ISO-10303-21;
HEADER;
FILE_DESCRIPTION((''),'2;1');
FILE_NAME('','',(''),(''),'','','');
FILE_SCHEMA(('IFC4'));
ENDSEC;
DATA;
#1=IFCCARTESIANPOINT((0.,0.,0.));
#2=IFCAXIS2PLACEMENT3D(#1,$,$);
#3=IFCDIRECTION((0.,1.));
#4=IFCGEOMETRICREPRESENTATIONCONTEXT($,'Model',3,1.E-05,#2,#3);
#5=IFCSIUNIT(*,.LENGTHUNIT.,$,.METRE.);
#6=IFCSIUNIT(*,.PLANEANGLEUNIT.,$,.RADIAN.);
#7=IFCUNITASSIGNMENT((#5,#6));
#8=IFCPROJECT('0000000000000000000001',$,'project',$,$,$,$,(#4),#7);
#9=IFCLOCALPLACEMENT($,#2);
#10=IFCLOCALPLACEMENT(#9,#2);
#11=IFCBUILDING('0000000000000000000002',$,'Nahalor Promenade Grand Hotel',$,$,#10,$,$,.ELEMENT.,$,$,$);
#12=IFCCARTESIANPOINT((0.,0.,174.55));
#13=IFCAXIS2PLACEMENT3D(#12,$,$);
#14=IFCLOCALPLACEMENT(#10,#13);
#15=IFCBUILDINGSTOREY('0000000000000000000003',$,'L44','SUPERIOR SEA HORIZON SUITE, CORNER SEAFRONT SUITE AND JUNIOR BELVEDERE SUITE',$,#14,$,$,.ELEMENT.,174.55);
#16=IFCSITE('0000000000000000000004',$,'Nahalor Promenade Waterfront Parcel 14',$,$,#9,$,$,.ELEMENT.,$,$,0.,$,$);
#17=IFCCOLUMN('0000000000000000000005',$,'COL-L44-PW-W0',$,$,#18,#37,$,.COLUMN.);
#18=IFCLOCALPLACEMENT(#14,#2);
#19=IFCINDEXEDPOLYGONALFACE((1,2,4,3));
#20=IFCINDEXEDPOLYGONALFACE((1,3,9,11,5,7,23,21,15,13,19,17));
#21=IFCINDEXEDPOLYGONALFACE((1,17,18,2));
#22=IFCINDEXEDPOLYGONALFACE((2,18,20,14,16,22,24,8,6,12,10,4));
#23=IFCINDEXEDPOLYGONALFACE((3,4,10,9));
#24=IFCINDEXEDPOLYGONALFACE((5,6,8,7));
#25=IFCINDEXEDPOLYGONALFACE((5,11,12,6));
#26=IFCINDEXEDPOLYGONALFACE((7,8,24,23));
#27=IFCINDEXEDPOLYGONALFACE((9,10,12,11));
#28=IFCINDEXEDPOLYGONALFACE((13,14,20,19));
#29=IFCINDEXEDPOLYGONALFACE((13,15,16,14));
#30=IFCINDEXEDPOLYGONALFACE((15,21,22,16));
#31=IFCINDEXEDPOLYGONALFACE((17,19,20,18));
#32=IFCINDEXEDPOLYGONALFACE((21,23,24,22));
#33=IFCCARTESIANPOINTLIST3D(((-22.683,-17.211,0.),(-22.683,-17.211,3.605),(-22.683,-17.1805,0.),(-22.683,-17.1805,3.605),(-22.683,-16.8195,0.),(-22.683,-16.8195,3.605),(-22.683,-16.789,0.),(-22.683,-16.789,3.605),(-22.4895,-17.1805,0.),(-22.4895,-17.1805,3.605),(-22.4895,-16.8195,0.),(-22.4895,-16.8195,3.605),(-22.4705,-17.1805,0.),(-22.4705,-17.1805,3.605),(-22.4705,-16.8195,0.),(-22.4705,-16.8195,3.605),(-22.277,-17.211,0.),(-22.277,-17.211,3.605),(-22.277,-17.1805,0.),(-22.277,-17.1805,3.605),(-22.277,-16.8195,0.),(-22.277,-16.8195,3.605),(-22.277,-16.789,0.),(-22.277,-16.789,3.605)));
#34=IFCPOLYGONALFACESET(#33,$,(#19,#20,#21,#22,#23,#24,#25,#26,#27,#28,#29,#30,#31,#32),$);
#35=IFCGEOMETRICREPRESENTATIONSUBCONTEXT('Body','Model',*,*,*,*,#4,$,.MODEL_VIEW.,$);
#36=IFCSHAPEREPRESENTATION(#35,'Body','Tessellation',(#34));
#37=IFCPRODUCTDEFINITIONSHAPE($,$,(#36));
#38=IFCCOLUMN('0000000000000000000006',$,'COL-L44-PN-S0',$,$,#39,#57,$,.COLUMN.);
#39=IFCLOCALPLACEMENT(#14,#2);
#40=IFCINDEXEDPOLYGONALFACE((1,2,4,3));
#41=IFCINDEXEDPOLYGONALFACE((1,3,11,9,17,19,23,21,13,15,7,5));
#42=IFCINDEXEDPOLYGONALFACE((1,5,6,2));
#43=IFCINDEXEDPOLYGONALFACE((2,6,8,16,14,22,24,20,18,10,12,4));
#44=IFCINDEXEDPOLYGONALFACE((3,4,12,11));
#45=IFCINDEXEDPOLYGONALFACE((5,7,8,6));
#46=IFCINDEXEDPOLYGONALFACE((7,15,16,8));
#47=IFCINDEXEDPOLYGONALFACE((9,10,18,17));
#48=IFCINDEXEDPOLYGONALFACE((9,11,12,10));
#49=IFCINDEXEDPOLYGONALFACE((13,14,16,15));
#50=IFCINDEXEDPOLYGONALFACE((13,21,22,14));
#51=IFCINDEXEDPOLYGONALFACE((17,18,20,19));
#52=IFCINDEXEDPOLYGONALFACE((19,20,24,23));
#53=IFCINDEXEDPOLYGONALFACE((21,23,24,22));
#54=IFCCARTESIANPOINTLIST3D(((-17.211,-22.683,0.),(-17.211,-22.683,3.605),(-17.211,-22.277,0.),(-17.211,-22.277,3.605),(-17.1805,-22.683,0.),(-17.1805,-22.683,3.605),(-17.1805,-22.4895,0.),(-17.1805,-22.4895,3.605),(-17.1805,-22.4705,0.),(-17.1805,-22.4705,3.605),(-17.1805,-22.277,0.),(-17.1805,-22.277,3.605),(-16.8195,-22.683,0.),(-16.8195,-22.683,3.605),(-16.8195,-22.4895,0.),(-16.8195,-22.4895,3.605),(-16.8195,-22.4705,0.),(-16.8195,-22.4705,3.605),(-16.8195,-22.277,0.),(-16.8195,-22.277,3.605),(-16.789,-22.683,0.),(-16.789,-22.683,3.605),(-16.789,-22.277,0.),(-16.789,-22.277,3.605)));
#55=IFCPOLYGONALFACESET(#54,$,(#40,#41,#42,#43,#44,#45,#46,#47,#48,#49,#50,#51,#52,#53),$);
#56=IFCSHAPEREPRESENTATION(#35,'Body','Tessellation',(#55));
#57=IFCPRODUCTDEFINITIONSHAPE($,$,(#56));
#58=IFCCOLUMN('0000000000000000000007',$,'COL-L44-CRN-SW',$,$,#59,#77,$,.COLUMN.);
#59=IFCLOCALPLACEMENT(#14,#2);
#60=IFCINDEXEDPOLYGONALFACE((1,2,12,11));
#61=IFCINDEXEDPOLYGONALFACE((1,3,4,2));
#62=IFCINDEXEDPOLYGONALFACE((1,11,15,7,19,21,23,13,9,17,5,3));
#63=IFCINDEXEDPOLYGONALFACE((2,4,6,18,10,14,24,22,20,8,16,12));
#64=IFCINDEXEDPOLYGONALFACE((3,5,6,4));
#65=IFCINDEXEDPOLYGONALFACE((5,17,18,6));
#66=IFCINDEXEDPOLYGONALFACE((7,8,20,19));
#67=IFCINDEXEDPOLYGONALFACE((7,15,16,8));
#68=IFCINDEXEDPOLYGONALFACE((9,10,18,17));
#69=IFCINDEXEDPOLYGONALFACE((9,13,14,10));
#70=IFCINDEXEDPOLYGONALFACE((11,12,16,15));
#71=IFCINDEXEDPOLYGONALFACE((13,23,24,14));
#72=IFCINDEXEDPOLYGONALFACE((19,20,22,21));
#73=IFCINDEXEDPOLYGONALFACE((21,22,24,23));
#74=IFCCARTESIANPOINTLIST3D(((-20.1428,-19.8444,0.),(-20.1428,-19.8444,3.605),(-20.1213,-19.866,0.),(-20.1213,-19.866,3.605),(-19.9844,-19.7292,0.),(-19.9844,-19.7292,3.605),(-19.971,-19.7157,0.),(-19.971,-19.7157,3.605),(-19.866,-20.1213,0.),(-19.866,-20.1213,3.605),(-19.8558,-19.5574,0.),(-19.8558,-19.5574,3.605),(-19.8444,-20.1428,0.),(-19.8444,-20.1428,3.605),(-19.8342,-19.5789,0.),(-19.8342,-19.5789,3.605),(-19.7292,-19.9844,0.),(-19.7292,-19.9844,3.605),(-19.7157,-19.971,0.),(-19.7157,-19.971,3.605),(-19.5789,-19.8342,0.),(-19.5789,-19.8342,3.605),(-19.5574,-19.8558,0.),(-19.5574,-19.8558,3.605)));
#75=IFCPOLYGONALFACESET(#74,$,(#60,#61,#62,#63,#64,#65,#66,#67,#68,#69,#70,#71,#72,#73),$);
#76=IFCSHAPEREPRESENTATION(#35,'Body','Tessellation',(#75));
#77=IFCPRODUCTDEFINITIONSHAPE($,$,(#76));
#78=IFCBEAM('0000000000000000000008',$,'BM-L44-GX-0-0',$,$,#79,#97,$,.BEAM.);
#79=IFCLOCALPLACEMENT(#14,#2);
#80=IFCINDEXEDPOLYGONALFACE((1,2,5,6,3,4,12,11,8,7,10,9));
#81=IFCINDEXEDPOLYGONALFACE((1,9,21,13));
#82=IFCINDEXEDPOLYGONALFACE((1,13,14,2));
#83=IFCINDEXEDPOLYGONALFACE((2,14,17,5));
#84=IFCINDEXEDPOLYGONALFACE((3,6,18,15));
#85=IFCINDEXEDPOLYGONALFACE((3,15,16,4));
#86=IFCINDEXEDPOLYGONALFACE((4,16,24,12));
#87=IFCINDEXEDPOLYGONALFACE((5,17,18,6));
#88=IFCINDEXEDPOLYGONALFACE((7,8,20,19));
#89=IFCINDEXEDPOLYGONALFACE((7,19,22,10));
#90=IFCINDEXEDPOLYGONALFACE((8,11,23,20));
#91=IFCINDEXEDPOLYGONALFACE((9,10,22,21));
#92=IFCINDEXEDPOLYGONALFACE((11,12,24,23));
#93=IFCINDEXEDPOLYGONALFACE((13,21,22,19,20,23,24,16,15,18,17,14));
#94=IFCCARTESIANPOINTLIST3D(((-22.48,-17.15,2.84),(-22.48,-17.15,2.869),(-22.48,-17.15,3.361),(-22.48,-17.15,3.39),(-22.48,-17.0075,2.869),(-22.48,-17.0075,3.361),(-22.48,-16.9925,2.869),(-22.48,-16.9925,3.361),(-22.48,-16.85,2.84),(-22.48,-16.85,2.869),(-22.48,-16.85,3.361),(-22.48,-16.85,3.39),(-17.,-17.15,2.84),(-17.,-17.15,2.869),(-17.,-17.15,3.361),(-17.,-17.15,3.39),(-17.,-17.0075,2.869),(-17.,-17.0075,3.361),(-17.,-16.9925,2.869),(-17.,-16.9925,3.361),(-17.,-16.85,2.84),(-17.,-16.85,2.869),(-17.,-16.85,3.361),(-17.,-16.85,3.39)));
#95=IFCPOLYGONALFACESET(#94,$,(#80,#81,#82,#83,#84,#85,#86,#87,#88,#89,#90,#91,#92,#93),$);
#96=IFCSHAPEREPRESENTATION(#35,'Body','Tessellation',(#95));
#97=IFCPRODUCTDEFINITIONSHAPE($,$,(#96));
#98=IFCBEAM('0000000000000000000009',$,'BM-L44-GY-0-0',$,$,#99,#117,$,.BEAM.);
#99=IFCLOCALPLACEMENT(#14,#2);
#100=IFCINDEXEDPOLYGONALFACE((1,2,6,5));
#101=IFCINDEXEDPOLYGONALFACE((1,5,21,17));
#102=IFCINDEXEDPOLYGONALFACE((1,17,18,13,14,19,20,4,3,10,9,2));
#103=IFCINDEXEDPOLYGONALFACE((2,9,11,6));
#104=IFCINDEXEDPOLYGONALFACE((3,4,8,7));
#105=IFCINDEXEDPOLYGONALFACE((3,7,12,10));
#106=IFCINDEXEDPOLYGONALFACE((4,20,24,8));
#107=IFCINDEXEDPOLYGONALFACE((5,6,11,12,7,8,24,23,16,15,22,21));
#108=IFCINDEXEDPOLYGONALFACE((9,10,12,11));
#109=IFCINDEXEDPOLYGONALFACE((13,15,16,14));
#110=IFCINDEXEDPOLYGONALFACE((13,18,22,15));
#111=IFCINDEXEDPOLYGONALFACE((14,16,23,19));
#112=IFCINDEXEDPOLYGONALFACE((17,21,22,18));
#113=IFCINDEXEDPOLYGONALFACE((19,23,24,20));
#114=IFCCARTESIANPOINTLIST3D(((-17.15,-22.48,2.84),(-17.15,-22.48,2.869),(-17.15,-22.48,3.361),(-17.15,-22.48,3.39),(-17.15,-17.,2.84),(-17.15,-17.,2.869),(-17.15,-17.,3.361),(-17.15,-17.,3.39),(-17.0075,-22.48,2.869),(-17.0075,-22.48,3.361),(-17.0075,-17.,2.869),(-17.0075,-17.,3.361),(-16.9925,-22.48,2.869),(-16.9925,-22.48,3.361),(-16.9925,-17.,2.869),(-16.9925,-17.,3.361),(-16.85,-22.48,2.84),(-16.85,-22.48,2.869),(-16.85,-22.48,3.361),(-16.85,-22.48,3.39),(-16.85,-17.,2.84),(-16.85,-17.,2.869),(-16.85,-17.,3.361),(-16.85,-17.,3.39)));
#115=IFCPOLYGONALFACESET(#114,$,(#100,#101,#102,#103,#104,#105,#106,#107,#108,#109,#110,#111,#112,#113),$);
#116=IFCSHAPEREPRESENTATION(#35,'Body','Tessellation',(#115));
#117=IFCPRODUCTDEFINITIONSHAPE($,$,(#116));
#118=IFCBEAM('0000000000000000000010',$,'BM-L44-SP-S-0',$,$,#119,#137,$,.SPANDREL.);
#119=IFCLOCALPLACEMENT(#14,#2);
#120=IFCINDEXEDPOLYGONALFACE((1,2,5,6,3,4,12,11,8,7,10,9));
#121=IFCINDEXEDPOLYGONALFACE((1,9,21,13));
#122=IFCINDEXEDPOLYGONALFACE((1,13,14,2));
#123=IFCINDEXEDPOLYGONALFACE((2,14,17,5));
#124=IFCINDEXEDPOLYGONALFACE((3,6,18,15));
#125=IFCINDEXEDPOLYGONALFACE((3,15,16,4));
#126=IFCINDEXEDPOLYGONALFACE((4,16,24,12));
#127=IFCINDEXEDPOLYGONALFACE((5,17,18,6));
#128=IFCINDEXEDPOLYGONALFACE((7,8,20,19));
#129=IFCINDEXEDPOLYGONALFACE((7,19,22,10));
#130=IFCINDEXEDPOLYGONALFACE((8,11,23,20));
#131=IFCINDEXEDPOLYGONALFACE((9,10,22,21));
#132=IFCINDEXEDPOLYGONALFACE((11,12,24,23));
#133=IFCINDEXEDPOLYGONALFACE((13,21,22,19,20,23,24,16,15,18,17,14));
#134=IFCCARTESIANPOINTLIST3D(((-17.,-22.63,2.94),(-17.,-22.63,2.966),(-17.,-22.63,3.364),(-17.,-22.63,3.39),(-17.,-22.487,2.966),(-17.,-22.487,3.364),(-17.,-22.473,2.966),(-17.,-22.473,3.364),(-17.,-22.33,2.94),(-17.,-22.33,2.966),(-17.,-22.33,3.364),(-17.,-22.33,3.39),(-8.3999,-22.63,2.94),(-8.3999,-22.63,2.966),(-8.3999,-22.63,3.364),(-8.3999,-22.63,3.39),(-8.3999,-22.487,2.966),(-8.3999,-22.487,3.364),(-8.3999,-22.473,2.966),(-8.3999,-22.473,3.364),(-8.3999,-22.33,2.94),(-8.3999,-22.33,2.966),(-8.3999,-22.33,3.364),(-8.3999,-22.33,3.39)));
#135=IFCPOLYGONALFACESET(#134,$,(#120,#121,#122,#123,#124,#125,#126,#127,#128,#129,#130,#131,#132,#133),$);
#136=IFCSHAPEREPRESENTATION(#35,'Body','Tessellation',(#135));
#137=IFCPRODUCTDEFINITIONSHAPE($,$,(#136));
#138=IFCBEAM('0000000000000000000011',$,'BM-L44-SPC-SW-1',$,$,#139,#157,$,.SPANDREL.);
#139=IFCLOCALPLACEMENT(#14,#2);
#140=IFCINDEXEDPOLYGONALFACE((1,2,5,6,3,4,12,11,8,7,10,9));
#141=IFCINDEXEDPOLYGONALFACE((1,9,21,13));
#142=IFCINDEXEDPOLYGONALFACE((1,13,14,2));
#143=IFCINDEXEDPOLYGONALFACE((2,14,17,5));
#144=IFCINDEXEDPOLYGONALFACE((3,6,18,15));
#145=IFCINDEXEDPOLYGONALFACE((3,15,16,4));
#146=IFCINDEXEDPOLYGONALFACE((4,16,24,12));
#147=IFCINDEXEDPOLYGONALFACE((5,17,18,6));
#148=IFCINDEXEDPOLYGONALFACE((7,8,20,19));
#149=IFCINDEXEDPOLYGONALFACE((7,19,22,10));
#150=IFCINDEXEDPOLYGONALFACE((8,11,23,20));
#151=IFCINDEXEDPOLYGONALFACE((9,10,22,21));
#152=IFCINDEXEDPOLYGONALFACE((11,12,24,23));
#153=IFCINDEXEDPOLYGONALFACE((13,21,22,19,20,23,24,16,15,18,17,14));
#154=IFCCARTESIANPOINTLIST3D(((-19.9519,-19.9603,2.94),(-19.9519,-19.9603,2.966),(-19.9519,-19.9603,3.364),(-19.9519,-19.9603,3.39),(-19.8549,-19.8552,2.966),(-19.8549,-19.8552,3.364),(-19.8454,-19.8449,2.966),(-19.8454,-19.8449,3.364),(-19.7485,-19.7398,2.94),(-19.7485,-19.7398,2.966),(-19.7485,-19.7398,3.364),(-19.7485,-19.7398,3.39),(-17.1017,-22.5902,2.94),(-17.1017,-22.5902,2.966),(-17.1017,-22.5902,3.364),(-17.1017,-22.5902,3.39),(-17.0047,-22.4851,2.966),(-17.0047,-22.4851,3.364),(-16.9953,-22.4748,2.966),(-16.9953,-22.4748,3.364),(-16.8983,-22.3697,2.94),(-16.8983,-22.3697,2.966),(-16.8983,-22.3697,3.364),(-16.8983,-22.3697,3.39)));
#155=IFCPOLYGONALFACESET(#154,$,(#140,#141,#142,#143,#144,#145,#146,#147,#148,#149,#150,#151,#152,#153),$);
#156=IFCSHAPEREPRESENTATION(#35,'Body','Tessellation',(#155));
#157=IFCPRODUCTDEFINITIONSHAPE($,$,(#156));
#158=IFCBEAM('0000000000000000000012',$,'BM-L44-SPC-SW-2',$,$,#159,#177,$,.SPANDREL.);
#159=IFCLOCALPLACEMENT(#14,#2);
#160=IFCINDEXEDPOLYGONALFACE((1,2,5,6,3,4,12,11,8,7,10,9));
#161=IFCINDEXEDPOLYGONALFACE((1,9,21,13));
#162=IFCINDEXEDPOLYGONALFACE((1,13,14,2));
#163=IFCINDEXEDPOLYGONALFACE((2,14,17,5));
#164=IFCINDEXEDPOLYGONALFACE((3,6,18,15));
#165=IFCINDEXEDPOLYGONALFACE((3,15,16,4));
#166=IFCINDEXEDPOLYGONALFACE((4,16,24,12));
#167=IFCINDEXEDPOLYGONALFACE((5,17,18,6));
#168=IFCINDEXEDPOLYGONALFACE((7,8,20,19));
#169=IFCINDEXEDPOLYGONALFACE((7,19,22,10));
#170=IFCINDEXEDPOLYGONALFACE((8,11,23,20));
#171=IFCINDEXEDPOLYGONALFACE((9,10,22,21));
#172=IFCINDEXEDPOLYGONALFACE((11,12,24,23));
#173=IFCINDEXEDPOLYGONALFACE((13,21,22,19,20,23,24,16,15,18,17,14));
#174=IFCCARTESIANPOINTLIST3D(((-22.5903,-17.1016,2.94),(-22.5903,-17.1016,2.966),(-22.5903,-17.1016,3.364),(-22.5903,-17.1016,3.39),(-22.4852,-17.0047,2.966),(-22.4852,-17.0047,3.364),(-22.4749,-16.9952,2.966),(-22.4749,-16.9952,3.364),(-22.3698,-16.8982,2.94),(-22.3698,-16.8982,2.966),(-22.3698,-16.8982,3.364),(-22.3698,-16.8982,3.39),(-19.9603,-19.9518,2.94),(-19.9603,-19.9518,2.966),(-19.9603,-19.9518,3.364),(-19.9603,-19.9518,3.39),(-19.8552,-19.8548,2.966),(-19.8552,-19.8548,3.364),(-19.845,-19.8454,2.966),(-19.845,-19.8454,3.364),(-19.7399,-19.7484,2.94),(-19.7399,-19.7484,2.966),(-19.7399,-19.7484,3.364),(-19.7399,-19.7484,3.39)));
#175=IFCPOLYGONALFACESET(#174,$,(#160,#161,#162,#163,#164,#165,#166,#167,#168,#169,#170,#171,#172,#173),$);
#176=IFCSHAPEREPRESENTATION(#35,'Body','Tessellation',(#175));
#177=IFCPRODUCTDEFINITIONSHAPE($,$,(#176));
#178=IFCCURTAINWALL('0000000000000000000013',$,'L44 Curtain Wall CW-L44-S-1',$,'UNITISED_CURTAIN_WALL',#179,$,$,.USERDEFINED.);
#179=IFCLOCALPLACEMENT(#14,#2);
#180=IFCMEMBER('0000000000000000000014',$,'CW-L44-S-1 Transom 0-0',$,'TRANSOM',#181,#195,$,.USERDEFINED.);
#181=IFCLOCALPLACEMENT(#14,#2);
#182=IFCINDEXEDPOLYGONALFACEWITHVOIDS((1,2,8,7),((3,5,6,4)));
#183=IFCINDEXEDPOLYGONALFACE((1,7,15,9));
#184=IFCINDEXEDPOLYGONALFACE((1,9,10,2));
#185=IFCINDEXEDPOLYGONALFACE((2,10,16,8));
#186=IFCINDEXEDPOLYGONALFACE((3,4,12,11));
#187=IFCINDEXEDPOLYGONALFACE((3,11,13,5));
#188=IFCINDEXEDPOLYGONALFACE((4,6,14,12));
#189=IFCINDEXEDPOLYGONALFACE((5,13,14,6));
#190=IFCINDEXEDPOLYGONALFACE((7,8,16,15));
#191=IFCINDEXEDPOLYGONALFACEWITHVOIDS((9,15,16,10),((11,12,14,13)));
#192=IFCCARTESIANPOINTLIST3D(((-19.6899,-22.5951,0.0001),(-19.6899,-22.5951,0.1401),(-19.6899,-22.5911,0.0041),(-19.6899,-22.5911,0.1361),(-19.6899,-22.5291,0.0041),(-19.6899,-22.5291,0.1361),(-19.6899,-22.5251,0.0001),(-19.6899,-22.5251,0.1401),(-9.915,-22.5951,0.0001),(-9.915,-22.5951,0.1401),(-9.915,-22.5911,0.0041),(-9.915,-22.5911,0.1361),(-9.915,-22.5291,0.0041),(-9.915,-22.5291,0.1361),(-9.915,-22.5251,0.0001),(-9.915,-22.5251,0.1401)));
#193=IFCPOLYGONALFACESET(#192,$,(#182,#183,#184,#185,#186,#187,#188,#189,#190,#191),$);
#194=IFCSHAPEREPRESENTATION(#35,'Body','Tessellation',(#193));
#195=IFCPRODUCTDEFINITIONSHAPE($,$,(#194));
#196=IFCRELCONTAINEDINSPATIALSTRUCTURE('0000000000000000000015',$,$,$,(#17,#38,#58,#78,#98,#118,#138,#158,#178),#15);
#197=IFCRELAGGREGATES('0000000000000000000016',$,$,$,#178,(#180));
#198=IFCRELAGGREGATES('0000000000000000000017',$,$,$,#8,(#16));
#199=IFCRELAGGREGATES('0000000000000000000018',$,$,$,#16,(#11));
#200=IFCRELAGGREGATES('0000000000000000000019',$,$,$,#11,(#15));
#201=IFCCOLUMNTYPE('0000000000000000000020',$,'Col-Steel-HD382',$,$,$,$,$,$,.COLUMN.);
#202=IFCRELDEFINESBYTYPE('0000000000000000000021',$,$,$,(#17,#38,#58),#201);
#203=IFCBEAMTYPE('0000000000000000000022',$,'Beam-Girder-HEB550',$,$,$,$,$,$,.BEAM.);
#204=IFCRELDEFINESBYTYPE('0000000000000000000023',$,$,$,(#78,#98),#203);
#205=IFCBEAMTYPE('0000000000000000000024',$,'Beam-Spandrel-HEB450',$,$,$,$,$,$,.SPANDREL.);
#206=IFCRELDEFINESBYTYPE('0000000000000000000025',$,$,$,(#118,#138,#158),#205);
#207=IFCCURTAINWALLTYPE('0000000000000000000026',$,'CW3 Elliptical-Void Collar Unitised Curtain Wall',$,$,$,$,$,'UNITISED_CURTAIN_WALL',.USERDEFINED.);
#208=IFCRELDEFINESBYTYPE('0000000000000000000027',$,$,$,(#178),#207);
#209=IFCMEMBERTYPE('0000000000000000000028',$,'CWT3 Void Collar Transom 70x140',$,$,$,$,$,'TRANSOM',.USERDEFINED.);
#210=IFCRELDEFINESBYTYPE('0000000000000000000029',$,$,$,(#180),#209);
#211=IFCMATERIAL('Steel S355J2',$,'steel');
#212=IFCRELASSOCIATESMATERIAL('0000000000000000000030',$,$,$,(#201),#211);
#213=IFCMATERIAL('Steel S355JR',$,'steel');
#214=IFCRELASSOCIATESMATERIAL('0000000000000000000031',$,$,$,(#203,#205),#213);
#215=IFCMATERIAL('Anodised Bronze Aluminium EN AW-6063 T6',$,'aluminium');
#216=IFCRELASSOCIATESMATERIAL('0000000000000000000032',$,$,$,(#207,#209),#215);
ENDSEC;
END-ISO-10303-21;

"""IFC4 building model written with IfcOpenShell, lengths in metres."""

from ifc_helpers import new_model, si_unit, direction, frame, origin, origin_2d, place, context, subcontext, project, spatial, hollow_rectangle, i_section, extrude, source, transform, mapped, material, material_profile, profile_set, type_object, element, aggregate, save


model = new_model("IFC4")

# Units and contexts
model_context = context("Model", 3, precision=1e-05, world=origin(), true_north=direction((0.0, 1.0)))
body_context = subcontext(model_context, "Body", "Model", "MODEL_VIEW")
ifc_project = project(units=[si_unit("LENGTHUNIT", "METRE"), si_unit("PLANEANGLEUNIT", "RADIAN")], contexts=[model_context])

# Site, building, storey
site_placement = place(None, origin())
site = spatial("IfcSite", under=ifc_project, at=site_placement, Name="Nahalor Promenade Waterfront Parcel 14", CompositionType="ELEMENT", RefElevation=0.0)
building_placement = place(site_placement, origin())
building = spatial("IfcBuilding", under=site, at=building_placement, Name="Nahalor Promenade Grand Hotel", CompositionType="ELEMENT")
storey_placement = place(building_placement, frame((0.0, 0.0, 174.55)))
storey = spatial("IfcBuildingStorey", under=building, at=storey_placement, Name="L44", Description="SUPERIOR SEA HORIZON SUITE, CORNER SEAFRONT SUITE AND JUNIOR BELVEDERE SUITE", CompositionType="ELEMENT", Elevation=174.55)

# Columns
ifc_material_1 = material(Name="Steel S355J2", Category="steel")
ifc_material_profile_1 = material_profile(ifc_material_1, i_section(OverallWidth=0.406, OverallDepth=0.422, WebThickness=0.019, FlangeThickness=0.0305, at=origin_2d()), Name="HD 400x382")
ifc_profile_set_1 = profile_set([ifc_material_profile_1], Name="Steel S355J2")
column_type = type_object("IfcColumnType", Name="Col-Steel-HD382", PredefinedType="COLUMN", material=ifc_profile_set_1)
shared_shape_1 = source(origin(), body_context, "Body", "SweptSolid", [
    extrude(i_section(OverallWidth=0.406, OverallDepth=0.422, WebThickness=0.019, FlangeThickness=0.0305, at=origin_2d()), origin(), (0.0, 0.0, 1.0), 3.605),
])
for number, where, z_axis, x_axis, name in (
    (1, (-22.48, -17.0, 0.0), (0.0, 0.0, 1.0), (1.0, 0.0, 0.0), "COL-L44-PW-W0"),
    (2, (-17.0, -22.48, 0.0), (0.0, 0.0, 1.0), (0.0, 1.0, 0.0), "COL-L44-PN-S0"),
    (3, (-19.8501, -19.8501, 0.0), (0.0, 0.0, 1.0), (0.707107, 0.707107, 0.0), "COL-L44-CRN-SW"),
):
    element("IfcColumn", number, at=place(storey_placement, frame(where, z_axis=z_axis, x_axis=x_axis)), inside=storey, type_object=column_type, Name=name, PredefinedType="COLUMN", context=body_context, shape_type="MappedRepresentation", body=[
        mapped(shared_shape_1, transform((0.0, 0.0, 0.0), scale=1.0)),
    ])

# Beams
ifc_material_2 = material(Name="Steel S355JR", Category="steel")
ifc_material_profile_2 = material_profile(ifc_material_2, i_section(OverallWidth=0.3, OverallDepth=0.55, WebThickness=0.015, FlangeThickness=0.029, at=origin_2d()), Name="HEB 550")
ifc_profile_set_2 = profile_set([ifc_material_profile_2], Name="Steel S355JR")
beam_type_1 = type_object("IfcBeamType", Name="Beam-Girder-HEB550", PredefinedType="BEAM", material=ifc_profile_set_2)
shared_shape_2 = source(origin(), body_context, "Body", "SweptSolid", [
    extrude(i_section(OverallWidth=0.3, OverallDepth=0.55, WebThickness=0.015, FlangeThickness=0.029, at=origin_2d()), origin(), (0.0, 0.0, 1.0), 5.48),
])
for number, where, z_axis, x_axis, name in (
    (4, (-22.48, -17.0, 3.115), (1.0, 0.0, 0.0), (0.0, 1.0, 0.0), "BM-L44-GX-0-0"),
    (5, (-17.0, -22.48, 3.115), (0.0, 1.0, 0.0), (-1.0, 0.0, 0.0), "BM-L44-GY-0-0"),
):
    element("IfcBeam", number, at=place(storey_placement, frame(where, z_axis=z_axis, x_axis=x_axis)), inside=storey, type_object=beam_type_1, Name=name, PredefinedType="BEAM", context=body_context, shape_type="MappedRepresentation", body=[
        mapped(shared_shape_2, transform((0.0, 0.0, 0.0), scale=1.0)),
    ])
ifc_material_profile_3 = material_profile(ifc_material_2, i_section(OverallWidth=0.3, OverallDepth=0.45, WebThickness=0.014, FlangeThickness=0.026, at=origin_2d()), Name="HEB 450")
ifc_profile_set_3 = profile_set([ifc_material_profile_3], Name="Steel S355JR")
beam_type_2 = type_object("IfcBeamType", Name="Beam-Spandrel-HEB450", PredefinedType="SPANDREL", material=ifc_profile_set_3)
shared_shape_3 = source(origin(), body_context, "Body", "SweptSolid", [
    extrude(i_section(OverallWidth=0.3, OverallDepth=0.45, WebThickness=0.014, FlangeThickness=0.026, at=origin_2d()), origin(), (0.0, 0.0, 1.0), 8.6001),
])
beam_placement = place(storey_placement, frame((-17.0, -22.48, 3.165), z_axis=(1.0, 0.0, 0.0), x_axis=(0.0, 1.0, 0.0)))
element("IfcBeam", 6, at=beam_placement, inside=storey, type_object=beam_type_2, Name="BM-L44-SP-S-0", PredefinedType="SPANDREL", context=body_context, shape_type="MappedRepresentation", body=[
    mapped(shared_shape_3, transform((0.0, 0.0, 0.0), scale=1.0)),
])
shared_shape_4 = source(origin(), body_context, "Body", "SweptSolid", [
    extrude(i_section(OverallWidth=0.3, OverallDepth=0.45, WebThickness=0.014, FlangeThickness=0.026, at=origin_2d()), origin(), (0.0, 0.0, 1.0), 3.8782),
])
for number, where, z_axis, x_axis, name in (
    (7, (-17.0, -22.48, 3.165), (-0.734929, 0.678144, 0.0), (-0.678144, -0.734929, 0.0), "BM-L44-SPC-SW-1"),
    (8, (-19.8501, -19.8501, 3.165), (-0.678144, 0.734929, 0.0), (-0.734929, -0.678144, 0.0), "BM-L44-SPC-SW-2"),
):
    element("IfcBeam", number, at=place(storey_placement, frame(where, z_axis=z_axis, x_axis=x_axis)), inside=storey, type_object=beam_type_2, Name=name, PredefinedType="SPANDREL", context=body_context, shape_type="MappedRepresentation", body=[
        mapped(shared_shape_4, transform((0.0, 0.0, 0.0), scale=1.0)),
    ])

# Curtain wall, member
ifc_material_3 = material(Name="Anodised Bronze Aluminium EN AW-6063 T6", Category="aluminium")
curtain_wall_type = type_object("IfcCurtainWallType", Name="CW3 Elliptical-Void Collar Unitised Curtain Wall", ElementType="UNITISED_CURTAIN_WALL", PredefinedType="USERDEFINED", material=ifc_material_3)
curtain_wall_1_placement = place(storey_placement, origin())
curtain_wall_1 = element("IfcCurtainWall", 9, at=curtain_wall_1_placement, inside=storey, type_object=curtain_wall_type, Name="L44 Curtain Wall CW-L44-S-1", ObjectType="UNITISED_CURTAIN_WALL", PredefinedType="USERDEFINED")
ifc_material_profile_4 = material_profile(ifc_material_3, hollow_rectangle(XDim=0.07, YDim=0.14, WallThickness=0.004, at=origin_2d()), Name="CWT 70x140x4")
ifc_profile_set_4 = profile_set([ifc_material_profile_4], Name="Anodised Bronze Aluminium EN AW-6063 T6")
member_type_1 = type_object("IfcMemberType", Name="CWT3 Void Collar Transom 70x140", ElementType="TRANSOM", PredefinedType="USERDEFINED", material=ifc_profile_set_4)
shared_shape_5 = source(origin(), body_context, "Body", "SweptSolid", [
    extrude(hollow_rectangle(XDim=0.07, YDim=0.14, WallThickness=0.004, at=origin_2d()), origin(), (0.0, 0.0, 1.0), 9.7749),
])
member_1_placement = place(storey_placement, frame((-19.6899, -22.5601, 0.0701), z_axis=(1.0, 0.0, 0.0), x_axis=(0.0, 1.0, 0.0)))
member_1 = element("IfcMember", 10, at=member_1_placement, type_object=member_type_1, Name="CW-L44-S-1 Transom 0-0", ObjectType="TRANSOM", PredefinedType="USERDEFINED", context=body_context, shape_type="MappedRepresentation", body=[
    mapped(shared_shape_5, transform((0.0, 0.0, 0.0), scale=1.0)),
])

aggregate(curtain_wall_1, [member_1])

save(model, "model.ifc")
